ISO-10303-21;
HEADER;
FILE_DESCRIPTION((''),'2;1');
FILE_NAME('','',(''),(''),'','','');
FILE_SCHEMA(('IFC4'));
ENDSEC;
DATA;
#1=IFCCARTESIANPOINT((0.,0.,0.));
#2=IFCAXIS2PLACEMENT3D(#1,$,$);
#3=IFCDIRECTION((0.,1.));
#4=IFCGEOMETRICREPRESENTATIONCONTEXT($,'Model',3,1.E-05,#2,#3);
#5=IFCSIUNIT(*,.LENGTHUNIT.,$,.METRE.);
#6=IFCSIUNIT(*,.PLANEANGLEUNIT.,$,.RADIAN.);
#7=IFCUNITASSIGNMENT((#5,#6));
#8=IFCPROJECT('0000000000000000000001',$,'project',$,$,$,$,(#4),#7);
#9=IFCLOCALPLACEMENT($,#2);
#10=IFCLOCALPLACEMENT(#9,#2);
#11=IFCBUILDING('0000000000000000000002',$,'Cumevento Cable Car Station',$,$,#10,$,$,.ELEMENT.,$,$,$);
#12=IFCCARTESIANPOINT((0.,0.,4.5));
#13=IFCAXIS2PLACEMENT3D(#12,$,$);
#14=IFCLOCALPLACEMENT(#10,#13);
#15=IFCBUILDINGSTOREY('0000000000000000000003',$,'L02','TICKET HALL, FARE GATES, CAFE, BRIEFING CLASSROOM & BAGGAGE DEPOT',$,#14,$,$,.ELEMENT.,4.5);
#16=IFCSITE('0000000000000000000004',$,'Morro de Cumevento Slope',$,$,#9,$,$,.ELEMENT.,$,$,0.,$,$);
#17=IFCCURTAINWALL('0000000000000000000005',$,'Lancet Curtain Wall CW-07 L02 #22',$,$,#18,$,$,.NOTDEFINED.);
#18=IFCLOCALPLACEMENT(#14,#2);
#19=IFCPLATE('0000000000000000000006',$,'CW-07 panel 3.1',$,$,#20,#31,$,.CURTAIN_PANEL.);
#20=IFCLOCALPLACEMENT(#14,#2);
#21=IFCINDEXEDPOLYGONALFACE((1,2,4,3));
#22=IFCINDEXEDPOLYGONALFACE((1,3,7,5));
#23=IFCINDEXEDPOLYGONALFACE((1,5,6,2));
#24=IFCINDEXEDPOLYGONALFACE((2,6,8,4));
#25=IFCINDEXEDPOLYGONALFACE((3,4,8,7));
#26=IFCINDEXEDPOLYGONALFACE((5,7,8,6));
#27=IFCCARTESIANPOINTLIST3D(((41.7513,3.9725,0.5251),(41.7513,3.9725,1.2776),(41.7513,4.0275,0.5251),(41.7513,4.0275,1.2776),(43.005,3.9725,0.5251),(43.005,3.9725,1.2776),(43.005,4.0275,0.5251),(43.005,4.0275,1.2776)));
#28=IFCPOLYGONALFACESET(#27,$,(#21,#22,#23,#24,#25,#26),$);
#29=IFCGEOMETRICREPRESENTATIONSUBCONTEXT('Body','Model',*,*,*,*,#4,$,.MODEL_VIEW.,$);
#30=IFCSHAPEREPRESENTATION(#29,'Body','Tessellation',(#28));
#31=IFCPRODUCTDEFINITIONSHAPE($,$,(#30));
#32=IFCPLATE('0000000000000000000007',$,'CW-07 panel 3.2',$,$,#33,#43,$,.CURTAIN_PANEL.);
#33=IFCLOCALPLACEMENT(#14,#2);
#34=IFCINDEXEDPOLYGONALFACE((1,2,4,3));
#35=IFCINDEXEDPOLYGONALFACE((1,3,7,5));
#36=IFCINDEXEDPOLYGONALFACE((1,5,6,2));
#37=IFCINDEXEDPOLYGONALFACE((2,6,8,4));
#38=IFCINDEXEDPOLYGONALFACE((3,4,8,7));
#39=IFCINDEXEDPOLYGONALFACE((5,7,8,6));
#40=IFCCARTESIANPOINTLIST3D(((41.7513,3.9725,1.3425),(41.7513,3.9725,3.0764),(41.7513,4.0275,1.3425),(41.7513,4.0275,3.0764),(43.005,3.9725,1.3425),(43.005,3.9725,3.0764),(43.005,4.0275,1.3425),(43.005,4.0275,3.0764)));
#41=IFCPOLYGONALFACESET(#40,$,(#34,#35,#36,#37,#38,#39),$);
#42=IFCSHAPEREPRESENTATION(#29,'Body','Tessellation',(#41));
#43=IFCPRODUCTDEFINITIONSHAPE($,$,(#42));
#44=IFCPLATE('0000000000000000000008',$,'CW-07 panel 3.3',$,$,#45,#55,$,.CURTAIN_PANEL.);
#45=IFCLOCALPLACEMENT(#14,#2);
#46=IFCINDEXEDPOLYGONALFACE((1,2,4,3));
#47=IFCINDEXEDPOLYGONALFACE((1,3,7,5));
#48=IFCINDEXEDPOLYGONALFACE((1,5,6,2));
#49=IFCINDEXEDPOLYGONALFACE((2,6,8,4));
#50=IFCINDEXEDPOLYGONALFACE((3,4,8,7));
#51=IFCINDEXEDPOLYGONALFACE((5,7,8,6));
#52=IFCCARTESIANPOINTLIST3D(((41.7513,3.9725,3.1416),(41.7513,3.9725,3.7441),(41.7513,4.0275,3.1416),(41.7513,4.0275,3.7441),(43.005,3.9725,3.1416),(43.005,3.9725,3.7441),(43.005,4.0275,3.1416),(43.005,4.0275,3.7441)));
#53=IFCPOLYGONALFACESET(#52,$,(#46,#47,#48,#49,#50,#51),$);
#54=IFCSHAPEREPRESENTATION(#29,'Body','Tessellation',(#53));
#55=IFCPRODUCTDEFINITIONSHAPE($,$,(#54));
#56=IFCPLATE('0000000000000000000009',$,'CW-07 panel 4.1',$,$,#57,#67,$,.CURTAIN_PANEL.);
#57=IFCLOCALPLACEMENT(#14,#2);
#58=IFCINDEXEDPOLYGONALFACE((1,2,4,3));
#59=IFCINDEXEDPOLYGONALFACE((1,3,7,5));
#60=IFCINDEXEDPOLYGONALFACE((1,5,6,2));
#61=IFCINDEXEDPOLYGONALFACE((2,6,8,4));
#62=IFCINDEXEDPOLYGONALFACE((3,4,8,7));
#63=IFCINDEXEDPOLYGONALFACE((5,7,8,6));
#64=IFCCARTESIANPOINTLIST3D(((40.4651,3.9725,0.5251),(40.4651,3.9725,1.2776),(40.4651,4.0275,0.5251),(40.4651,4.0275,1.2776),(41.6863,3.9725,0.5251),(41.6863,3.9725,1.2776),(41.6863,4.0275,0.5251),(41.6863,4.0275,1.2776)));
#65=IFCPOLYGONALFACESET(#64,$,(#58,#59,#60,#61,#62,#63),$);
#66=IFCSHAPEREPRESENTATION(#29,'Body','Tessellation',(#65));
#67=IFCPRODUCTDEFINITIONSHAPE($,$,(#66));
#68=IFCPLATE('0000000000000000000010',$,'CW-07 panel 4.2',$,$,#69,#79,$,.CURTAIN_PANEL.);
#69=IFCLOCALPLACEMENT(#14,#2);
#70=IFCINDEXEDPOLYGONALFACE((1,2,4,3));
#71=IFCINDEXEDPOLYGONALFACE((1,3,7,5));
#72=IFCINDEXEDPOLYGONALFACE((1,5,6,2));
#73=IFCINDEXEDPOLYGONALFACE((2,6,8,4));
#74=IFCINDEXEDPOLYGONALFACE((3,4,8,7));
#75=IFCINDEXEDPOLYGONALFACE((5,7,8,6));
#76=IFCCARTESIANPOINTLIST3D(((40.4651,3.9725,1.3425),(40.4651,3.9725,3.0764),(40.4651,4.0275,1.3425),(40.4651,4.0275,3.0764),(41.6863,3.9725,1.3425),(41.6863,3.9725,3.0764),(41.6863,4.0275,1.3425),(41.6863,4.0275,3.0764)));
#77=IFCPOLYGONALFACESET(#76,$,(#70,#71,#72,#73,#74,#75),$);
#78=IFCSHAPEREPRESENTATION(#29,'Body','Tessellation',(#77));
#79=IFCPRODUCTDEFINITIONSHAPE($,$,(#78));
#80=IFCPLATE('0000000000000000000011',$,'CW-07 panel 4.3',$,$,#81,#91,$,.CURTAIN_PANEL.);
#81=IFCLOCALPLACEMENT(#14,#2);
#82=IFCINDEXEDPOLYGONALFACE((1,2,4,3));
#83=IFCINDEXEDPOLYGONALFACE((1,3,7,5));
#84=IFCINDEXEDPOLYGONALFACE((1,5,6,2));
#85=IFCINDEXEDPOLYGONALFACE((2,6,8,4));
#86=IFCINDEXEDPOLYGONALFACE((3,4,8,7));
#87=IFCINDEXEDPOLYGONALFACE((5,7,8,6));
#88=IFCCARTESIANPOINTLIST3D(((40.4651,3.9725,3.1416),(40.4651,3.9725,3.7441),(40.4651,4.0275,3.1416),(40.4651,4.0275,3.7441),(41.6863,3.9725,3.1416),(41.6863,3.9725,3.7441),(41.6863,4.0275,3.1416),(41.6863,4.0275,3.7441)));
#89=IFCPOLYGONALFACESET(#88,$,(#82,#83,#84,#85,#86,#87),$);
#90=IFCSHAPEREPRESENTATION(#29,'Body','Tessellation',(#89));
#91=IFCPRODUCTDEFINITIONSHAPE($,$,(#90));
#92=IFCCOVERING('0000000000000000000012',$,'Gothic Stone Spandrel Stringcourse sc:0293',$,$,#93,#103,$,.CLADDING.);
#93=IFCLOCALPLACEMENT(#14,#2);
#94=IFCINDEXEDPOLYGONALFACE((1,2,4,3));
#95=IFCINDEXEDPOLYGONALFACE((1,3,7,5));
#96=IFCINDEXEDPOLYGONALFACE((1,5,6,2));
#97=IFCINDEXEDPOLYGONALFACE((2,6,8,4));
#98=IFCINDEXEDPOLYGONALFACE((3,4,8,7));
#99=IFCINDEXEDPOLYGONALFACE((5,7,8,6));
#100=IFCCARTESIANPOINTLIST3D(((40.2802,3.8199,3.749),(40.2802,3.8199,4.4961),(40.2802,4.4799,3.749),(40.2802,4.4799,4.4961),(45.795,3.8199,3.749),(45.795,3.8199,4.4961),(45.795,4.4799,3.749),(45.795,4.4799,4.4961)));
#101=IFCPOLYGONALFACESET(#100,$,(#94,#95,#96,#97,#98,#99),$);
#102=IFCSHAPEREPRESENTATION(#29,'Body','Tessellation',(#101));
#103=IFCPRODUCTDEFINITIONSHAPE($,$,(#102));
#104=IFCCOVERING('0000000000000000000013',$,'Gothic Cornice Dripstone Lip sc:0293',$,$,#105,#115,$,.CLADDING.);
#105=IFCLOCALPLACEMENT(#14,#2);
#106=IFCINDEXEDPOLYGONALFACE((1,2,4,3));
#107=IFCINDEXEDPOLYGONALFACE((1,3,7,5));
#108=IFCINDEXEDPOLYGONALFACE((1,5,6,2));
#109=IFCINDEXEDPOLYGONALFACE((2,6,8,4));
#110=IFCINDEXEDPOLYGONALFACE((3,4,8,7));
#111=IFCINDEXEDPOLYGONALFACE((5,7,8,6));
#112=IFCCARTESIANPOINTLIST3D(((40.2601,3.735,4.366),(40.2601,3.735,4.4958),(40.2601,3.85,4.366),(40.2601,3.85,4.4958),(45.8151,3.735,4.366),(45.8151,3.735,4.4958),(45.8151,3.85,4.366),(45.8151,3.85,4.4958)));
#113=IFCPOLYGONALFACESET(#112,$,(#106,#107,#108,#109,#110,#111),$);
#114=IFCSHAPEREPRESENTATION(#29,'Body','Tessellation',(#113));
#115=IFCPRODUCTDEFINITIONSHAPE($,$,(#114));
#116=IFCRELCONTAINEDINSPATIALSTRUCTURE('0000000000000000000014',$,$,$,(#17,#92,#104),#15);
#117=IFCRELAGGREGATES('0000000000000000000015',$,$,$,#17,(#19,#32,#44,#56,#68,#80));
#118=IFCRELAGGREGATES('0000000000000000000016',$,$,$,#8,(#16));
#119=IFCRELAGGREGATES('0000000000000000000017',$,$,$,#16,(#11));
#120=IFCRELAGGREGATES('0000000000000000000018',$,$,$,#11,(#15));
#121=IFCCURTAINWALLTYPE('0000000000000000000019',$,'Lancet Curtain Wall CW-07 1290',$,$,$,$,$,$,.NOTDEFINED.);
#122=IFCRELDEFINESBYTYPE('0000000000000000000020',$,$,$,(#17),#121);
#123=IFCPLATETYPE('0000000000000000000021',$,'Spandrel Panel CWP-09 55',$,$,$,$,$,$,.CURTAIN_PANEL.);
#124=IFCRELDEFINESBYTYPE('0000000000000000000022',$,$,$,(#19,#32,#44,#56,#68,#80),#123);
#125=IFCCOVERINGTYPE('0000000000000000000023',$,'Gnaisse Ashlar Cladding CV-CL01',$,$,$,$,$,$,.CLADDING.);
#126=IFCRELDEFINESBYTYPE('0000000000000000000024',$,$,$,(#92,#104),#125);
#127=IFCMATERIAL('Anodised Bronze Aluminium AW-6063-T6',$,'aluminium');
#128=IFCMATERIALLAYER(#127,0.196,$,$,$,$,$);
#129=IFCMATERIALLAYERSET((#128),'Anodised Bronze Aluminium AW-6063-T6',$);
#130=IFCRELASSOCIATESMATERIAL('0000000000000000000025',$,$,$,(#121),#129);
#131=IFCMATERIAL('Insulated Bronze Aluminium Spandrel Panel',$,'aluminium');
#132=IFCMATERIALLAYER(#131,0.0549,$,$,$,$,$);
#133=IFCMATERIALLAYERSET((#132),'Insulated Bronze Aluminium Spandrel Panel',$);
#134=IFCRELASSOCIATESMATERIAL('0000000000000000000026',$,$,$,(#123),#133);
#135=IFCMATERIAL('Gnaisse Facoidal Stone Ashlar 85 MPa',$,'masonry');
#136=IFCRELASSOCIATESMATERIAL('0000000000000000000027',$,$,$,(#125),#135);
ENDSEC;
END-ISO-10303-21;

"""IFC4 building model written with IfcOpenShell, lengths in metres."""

from ifc_helpers import new_model, si_unit, direction, frame, origin, origin_2d, place, context, subcontext, project, spatial, rectangle, extrude, material, layer, layer_set, type_object, element, aggregate, save


model = new_model("IFC4")

# Units and contexts
model_context = context("Model", 3, precision=1e-05, world=origin(), true_north=direction((0.0, 1.0)))
body_context = subcontext(model_context, "Body", "Model", "MODEL_VIEW")
ifc_project = project(units=[si_unit("LENGTHUNIT", "METRE"), si_unit("PLANEANGLEUNIT", "RADIAN")], contexts=[model_context])

# Site, building, storey
site_placement = place(None, origin())
site = spatial("IfcSite", under=ifc_project, at=site_placement, Name="Morro de Cumevento Slope", CompositionType="ELEMENT", RefElevation=0.0)
building_placement = place(site_placement, origin())
building = spatial("IfcBuilding", under=site, at=building_placement, Name="Cumevento Cable Car Station", CompositionType="ELEMENT")
storey_placement = place(building_placement, frame((0.0, 0.0, 4.5)))
storey = spatial("IfcBuildingStorey", under=building, at=storey_placement, Name="L02", Description="TICKET HALL, FARE GATES, CAFE, BRIEFING CLASSROOM & BAGGAGE DEPOT", CompositionType="ELEMENT", Elevation=4.5)

# Curtain wall
ifc_material_1 = material(Name="Anodised Bronze Aluminium AW-6063-T6", Category="aluminium")
ifc_layer_1 = layer(ifc_material_1, 0.196)
ifc_layer_set_1 = layer_set([ifc_layer_1], Name="Anodised Bronze Aluminium AW-6063-T6")
curtain_wall_type = type_object("IfcCurtainWallType", Name="Lancet Curtain Wall CW-07 1290", PredefinedType="NOTDEFINED", material=ifc_layer_set_1)
curtain_wall_placement = place(storey_placement, origin())
curtain_wall = element("IfcCurtainWall", 1, at=curtain_wall_placement, inside=storey, type_object=curtain_wall_type, Name="Lancet Curtain Wall CW-07 L02 #22", PredefinedType="NOTDEFINED")

# Plates
ifc_material_2 = material(Name="Insulated Bronze Aluminium Spandrel Panel", Category="aluminium")
ifc_layer_2 = layer(ifc_material_2, 0.0549)
ifc_layer_set_2 = layer_set([ifc_layer_2], Name="Insulated Bronze Aluminium Spandrel Panel")
plate_type = type_object("IfcPlateType", Name="Spandrel Panel CWP-09 55", PredefinedType="CURTAIN_PANEL", material=ifc_layer_set_2)
plate_1_placement = place(storey_placement, frame((42.3782, 4.0, 0.5251), z_axis=(0.0, 0.0, 1.0), x_axis=(-1.0, 0.0, 0.0)))
plate_1 = element("IfcPlate", 2, at=plate_1_placement, type_object=plate_type, Name="CW-07 panel 3.1", PredefinedType="CURTAIN_PANEL", context=body_context, shape_type="SweptSolid", body=[
    extrude(rectangle(XDim=1.2537, YDim=0.0549, at=origin_2d()), origin(), (0.0, 0.0, 1.0), 0.7524),
])
plate_2_placement = place(storey_placement, frame((42.3782, 4.0, 1.3425), z_axis=(0.0, 0.0, 1.0), x_axis=(-1.0, 0.0, 0.0)))
plate_2 = element("IfcPlate", 3, at=plate_2_placement, type_object=plate_type, Name="CW-07 panel 3.2", PredefinedType="CURTAIN_PANEL", context=body_context, shape_type="SweptSolid", body=[
    extrude(rectangle(XDim=1.2537, YDim=0.0549, at=origin_2d()), origin(), (0.0, 0.0, 1.0), 1.7339),
])
plate_3_placement = place(storey_placement, frame((42.3782, 4.0, 3.1416), z_axis=(0.0, 0.0, 1.0), x_axis=(-1.0, 0.0, 0.0)))
plate_3 = element("IfcPlate", 4, at=plate_3_placement, type_object=plate_type, Name="CW-07 panel 3.3", PredefinedType="CURTAIN_PANEL", context=body_context, shape_type="SweptSolid", body=[
    extrude(rectangle(XDim=1.2537, YDim=0.0549, at=origin_2d()), origin(), (0.0, 0.0, 1.0), 0.6025),
])
plate_4_placement = place(storey_placement, frame((41.0757, 4.0, 0.5251), z_axis=(0.0, 0.0, 1.0), x_axis=(-1.0, 0.0, 0.0)))
plate_4 = element("IfcPlate", 5, at=plate_4_placement, type_object=plate_type, Name="CW-07 panel 4.1", PredefinedType="CURTAIN_PANEL", context=body_context, shape_type="SweptSolid", body=[
    extrude(rectangle(XDim=1.2212, YDim=0.0549, at=origin_2d()), origin(), (0.0, 0.0, 1.0), 0.7524),
])
plate_5_placement = place(storey_placement, frame((41.0757, 4.0, 1.3425), z_axis=(0.0, 0.0, 1.0), x_axis=(-1.0, 0.0, 0.0)))
plate_5 = element("IfcPlate", 6, at=plate_5_placement, type_object=plate_type, Name="CW-07 panel 4.2", PredefinedType="CURTAIN_PANEL", context=body_context, shape_type="SweptSolid", body=[
    extrude(rectangle(XDim=1.2212, YDim=0.0549, at=origin_2d()), origin(), (0.0, 0.0, 1.0), 1.7339),
])
plate_6_placement = place(storey_placement, frame((41.0757, 4.0, 3.1416), z_axis=(0.0, 0.0, 1.0), x_axis=(-1.0, 0.0, 0.0)))
plate_6 = element("IfcPlate", 7, at=plate_6_placement, type_object=plate_type, Name="CW-07 panel 4.3", PredefinedType="CURTAIN_PANEL", context=body_context, shape_type="SweptSolid", body=[
    extrude(rectangle(XDim=1.2212, YDim=0.0549, at=origin_2d()), origin(), (0.0, 0.0, 1.0), 0.6025),
])
aggregate(curtain_wall, [plate_1, plate_2, plate_3, plate_4, plate_5, plate_6])

# Coverings
ifc_material_3 = material(Name="Gnaisse Facoidal Stone Ashlar 85 MPa", Category="masonry")
covering_type = type_object("IfcCoveringType", Name="Gnaisse Ashlar Cladding CV-CL01", PredefinedType="CLADDING", material=ifc_material_3)
covering_1_placement = place(storey_placement, frame((43.0376, 4.1499, 3.749), z_axis=(0.0, 0.0, 1.0), x_axis=(-1.0, 0.0, 0.0)))
element("IfcCovering", 8, at=covering_1_placement, inside=storey, type_object=covering_type, Name="Gothic Stone Spandrel Stringcourse sc:0293", PredefinedType="CLADDING", context=body_context, shape_type="SweptSolid", body=[
    extrude(rectangle(XDim=5.5149, YDim=0.6599, at=origin_2d()), origin(), (0.0, 0.0, 1.0), 0.7471),
])
covering_2_placement = place(storey_placement, frame((43.0376, 3.7925, 4.366), z_axis=(0.0, 0.0, 1.0), x_axis=(-1.0, 0.0, 0.0)))
element("IfcCovering", 9, at=covering_2_placement, inside=storey, type_object=covering_type, Name="Gothic Cornice Dripstone Lip sc:0293", PredefinedType="CLADDING", context=body_context, shape_type="SweptSolid", body=[
    extrude(rectangle(XDim=5.5549, YDim=0.115, at=origin_2d()), origin(), (0.0, 0.0, 1.0), 0.1299),
])

save(model, "model.ifc")
